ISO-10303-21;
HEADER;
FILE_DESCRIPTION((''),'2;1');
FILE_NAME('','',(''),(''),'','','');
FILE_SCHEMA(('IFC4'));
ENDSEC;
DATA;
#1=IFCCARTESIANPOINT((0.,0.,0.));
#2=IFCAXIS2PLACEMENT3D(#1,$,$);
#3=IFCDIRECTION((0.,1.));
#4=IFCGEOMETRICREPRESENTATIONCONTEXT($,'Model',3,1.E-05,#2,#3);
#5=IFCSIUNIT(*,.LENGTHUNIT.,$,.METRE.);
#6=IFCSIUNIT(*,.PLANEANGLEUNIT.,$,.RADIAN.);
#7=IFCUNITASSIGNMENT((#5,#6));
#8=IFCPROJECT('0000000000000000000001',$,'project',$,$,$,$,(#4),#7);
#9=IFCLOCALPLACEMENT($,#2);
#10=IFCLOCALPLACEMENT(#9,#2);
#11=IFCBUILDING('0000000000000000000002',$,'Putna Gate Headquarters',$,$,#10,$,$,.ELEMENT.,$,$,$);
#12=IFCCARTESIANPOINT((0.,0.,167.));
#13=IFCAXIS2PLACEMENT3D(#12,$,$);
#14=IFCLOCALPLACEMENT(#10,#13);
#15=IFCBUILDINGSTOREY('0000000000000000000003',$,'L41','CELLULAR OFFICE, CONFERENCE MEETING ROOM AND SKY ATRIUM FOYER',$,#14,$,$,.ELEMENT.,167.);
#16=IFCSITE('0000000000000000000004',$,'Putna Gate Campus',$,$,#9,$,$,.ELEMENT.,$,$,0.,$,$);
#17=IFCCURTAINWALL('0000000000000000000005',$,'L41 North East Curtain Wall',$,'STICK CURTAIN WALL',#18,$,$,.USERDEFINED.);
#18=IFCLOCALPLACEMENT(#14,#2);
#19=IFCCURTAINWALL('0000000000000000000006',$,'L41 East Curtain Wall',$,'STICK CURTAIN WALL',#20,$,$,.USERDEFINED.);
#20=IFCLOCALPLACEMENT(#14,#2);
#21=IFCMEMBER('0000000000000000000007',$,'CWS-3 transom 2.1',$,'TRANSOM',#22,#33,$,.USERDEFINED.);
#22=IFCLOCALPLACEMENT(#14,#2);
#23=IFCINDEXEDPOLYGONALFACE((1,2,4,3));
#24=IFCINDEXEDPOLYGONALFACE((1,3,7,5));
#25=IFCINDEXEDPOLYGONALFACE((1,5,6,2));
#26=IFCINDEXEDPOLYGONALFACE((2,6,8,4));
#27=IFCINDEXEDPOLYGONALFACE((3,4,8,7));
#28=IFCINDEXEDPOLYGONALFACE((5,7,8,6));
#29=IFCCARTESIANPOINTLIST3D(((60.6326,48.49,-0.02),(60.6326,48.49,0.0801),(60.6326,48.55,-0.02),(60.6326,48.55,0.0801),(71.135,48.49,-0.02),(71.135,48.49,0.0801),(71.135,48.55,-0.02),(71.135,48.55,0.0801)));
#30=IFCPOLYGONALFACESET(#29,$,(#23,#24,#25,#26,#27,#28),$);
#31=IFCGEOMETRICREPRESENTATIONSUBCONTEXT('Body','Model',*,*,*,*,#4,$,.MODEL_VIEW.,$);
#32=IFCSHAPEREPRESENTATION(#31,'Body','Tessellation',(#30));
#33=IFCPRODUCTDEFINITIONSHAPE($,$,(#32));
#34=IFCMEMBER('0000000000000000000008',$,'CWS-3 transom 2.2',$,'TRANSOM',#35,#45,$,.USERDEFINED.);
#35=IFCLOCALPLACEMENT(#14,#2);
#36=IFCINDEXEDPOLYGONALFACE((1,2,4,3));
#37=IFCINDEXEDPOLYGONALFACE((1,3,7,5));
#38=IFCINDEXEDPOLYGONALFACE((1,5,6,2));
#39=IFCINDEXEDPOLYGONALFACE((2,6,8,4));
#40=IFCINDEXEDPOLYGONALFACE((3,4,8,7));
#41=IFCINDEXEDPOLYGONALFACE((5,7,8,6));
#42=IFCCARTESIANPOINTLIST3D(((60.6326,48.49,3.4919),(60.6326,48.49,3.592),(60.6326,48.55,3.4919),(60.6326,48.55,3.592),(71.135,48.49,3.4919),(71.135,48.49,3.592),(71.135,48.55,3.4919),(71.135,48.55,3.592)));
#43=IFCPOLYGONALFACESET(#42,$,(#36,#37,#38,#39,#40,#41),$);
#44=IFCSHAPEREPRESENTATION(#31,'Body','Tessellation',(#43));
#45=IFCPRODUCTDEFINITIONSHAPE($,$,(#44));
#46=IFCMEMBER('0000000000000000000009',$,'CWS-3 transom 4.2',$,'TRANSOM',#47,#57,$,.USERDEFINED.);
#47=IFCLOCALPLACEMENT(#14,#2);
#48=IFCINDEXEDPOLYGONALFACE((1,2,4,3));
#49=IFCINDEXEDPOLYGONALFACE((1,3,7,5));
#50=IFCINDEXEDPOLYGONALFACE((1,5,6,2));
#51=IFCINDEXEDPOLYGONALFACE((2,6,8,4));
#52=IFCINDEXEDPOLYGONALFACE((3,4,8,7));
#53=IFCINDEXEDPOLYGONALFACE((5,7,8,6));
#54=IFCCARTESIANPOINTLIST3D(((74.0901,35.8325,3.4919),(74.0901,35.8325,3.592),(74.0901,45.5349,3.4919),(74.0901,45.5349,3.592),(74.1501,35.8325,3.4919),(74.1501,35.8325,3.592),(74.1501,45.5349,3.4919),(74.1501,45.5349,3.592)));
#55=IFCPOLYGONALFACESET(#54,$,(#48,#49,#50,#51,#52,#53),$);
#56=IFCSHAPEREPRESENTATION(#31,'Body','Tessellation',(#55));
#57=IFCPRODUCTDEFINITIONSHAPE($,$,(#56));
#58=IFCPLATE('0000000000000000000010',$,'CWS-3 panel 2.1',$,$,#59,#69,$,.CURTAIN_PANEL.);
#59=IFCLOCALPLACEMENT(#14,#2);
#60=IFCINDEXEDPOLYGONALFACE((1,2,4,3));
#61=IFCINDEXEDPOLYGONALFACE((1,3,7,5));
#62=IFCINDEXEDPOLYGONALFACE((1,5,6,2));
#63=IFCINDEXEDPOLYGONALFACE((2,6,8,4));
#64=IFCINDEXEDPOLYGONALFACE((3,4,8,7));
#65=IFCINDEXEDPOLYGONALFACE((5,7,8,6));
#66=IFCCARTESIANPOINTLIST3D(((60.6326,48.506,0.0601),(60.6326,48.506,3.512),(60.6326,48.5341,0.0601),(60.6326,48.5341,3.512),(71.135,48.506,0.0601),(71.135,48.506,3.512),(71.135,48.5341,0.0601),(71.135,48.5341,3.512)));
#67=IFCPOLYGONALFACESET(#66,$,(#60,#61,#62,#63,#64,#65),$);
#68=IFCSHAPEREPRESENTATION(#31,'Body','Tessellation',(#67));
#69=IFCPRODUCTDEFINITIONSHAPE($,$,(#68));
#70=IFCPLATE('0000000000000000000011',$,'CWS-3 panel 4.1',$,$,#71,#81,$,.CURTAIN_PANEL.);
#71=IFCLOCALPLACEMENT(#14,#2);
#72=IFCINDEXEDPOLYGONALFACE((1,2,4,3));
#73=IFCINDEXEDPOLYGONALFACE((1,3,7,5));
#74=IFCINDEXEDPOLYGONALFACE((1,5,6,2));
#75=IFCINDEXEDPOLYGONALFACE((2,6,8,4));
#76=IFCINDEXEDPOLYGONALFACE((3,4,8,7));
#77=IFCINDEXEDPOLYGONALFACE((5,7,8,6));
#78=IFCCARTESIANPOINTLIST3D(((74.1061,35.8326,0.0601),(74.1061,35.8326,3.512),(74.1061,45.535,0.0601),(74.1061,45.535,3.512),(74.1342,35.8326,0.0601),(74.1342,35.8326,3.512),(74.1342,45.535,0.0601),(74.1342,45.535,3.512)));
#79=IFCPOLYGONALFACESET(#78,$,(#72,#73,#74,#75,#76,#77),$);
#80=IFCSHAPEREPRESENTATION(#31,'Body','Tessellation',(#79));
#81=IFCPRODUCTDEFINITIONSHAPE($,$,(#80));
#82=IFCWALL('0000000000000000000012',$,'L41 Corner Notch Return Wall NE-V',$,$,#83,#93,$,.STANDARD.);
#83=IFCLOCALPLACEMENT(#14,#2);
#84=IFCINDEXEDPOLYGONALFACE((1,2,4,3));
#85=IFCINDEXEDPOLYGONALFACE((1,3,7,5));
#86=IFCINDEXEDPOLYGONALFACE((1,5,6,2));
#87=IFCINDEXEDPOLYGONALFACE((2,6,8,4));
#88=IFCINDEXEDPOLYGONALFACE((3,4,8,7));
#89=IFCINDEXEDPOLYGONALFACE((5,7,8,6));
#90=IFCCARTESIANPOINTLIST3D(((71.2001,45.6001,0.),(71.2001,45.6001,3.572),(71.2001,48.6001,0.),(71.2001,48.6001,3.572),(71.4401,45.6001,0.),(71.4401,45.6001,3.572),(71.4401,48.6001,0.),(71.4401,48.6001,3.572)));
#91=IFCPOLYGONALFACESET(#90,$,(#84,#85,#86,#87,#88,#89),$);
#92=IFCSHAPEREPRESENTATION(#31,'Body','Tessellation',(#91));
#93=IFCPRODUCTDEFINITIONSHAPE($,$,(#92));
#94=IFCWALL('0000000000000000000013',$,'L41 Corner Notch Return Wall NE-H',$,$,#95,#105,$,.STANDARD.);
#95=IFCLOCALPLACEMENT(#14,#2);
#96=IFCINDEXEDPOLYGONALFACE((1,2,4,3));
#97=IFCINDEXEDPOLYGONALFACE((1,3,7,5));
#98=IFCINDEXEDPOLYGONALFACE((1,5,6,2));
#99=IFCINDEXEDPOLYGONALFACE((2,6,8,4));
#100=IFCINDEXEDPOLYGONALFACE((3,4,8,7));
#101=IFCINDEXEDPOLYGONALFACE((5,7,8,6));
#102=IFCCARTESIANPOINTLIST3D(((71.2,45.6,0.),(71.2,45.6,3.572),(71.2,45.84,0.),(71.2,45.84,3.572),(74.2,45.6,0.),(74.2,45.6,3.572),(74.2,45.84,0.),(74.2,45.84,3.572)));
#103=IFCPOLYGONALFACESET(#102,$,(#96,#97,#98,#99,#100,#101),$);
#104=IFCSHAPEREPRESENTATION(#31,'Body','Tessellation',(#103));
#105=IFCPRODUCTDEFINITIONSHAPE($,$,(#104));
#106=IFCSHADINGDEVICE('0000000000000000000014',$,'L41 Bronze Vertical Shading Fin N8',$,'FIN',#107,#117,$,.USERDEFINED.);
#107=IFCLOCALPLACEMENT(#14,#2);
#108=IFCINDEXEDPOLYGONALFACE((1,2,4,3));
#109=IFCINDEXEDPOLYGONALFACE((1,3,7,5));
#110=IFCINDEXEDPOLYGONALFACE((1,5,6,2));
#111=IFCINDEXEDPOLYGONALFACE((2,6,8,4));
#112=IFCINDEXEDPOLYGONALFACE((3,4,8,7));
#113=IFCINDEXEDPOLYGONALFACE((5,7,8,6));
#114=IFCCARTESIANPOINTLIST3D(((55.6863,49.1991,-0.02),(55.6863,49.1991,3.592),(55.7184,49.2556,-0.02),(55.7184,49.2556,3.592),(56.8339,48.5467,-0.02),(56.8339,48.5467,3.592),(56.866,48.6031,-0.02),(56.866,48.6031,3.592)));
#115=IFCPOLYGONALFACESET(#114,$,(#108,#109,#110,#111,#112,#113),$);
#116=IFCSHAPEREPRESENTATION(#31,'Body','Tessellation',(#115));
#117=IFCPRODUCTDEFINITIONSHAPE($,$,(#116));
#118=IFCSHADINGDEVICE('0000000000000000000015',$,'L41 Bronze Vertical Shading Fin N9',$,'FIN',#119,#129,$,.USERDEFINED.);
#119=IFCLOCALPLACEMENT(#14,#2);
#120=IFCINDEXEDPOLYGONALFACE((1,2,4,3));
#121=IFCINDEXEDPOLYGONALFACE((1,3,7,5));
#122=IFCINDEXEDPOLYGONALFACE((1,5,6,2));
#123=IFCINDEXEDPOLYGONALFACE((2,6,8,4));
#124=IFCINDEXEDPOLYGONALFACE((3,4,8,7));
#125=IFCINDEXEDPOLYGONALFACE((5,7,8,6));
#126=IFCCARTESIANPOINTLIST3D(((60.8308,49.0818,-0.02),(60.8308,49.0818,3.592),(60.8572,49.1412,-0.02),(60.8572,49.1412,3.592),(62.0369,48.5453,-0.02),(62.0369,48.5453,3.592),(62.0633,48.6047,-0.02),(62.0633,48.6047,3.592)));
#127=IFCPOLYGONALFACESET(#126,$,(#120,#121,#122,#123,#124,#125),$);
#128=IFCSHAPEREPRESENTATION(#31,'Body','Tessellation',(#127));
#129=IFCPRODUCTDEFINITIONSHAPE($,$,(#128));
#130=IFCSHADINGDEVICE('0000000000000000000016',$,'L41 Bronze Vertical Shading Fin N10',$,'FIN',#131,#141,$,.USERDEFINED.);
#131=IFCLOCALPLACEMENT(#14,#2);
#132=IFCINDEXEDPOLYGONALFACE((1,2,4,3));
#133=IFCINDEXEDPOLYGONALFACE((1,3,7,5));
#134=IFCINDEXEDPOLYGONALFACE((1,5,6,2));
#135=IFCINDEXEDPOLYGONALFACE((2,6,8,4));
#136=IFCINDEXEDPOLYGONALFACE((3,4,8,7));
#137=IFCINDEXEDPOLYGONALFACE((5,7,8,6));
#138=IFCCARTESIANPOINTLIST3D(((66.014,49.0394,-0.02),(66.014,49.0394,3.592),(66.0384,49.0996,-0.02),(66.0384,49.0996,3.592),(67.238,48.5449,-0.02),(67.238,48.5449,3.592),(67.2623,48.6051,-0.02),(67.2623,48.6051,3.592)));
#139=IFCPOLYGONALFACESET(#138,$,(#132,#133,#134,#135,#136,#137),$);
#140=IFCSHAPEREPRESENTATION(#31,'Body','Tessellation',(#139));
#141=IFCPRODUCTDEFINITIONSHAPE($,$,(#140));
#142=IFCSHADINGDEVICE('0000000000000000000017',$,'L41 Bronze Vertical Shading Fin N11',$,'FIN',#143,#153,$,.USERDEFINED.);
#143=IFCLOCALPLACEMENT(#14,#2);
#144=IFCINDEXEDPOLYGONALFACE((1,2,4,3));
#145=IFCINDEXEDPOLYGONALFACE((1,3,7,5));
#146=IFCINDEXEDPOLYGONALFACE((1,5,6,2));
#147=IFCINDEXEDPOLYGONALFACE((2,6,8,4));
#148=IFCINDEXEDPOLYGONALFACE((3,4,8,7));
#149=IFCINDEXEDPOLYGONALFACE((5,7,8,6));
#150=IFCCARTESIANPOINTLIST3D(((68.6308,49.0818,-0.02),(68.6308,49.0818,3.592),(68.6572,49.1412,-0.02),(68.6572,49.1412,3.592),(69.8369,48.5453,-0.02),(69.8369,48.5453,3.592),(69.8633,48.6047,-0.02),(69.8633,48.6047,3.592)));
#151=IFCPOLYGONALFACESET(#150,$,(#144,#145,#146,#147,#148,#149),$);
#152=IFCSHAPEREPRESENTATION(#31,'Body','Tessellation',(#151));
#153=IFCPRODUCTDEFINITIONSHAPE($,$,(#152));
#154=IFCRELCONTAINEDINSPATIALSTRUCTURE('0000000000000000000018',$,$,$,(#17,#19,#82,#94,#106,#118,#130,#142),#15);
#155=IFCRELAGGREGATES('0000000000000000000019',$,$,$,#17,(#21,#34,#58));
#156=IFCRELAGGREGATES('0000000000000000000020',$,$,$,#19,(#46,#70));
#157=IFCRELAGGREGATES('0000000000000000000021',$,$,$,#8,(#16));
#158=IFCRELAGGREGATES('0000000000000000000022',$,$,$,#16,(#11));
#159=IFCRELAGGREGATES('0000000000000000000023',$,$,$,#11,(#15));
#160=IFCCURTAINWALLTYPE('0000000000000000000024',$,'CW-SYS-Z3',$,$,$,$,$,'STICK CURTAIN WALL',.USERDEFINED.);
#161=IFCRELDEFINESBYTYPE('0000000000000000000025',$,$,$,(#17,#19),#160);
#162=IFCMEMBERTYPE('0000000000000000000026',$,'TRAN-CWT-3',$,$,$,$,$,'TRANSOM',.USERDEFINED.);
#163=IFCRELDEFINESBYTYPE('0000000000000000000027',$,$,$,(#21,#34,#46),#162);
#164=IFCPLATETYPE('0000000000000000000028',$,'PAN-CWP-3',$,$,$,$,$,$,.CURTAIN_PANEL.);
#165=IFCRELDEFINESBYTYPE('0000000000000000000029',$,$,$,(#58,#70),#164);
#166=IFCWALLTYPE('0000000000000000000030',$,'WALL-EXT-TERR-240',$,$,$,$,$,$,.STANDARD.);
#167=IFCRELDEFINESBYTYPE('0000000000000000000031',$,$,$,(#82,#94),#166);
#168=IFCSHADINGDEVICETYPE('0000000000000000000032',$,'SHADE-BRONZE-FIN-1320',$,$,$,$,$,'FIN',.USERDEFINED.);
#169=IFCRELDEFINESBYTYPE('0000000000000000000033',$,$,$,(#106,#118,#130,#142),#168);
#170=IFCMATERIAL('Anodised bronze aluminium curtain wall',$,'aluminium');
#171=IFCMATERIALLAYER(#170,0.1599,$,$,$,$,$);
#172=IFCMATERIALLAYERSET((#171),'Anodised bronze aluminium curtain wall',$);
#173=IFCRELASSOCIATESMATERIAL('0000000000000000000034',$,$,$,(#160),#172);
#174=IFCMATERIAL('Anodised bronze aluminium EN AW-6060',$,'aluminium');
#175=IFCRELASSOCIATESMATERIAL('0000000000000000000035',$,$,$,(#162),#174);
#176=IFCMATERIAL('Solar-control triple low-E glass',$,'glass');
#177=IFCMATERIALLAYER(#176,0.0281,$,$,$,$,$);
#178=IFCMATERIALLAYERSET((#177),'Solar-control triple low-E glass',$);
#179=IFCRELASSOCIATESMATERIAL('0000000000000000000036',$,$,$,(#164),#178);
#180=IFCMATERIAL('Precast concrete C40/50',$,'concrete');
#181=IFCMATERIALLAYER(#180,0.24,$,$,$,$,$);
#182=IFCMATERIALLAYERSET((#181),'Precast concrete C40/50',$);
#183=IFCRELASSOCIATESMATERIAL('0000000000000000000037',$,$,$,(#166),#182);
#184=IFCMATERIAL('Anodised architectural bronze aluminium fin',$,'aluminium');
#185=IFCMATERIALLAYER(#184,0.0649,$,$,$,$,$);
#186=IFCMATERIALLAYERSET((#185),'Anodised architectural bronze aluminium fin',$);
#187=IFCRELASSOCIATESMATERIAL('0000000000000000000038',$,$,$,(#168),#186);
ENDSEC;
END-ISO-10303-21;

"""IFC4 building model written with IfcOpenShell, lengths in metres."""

from ifc_helpers import new_model, si_unit, direction, frame, frame_2d, origin, origin_2d, place, context, subcontext, project, spatial, rectangle, extrude, material, layer, layer_set, material_profile, profile_set, type_object, element, aggregate, save


model = new_model("IFC4")

# Units and contexts
model_context = context("Model", 3, precision=1e-05, world=origin(), true_north=direction((0.0, 1.0)))
body_context = subcontext(model_context, "Body", "Model", "MODEL_VIEW")
ifc_project = project(units=[si_unit("LENGTHUNIT", "METRE"), si_unit("PLANEANGLEUNIT", "RADIAN")], contexts=[model_context])

# Site, building, storey
site_placement = place(None, origin())
site = spatial("IfcSite", under=ifc_project, at=site_placement, Name="Putna Gate Campus", CompositionType="ELEMENT", RefElevation=0.0)
building_placement = place(site_placement, origin())
building = spatial("IfcBuilding", under=site, at=building_placement, Name="Putna Gate Headquarters", CompositionType="ELEMENT")
storey_placement = place(building_placement, frame((0.0, 0.0, 167.0)))
storey = spatial("IfcBuildingStorey", under=building, at=storey_placement, Name="L41", Description="CELLULAR OFFICE, CONFERENCE MEETING ROOM AND SKY ATRIUM FOYER", CompositionType="ELEMENT", Elevation=167.0)

# Curtain wall
ifc_material_1 = material(Name="Anodised bronze aluminium curtain wall", Category="aluminium")
ifc_layer_1 = layer(ifc_material_1, 0.1599)
ifc_layer_set_1 = layer_set([ifc_layer_1], Name="Anodised bronze aluminium curtain wall")
curtain_wall_type = type_object("IfcCurtainWallType", Name="CW-SYS-Z3", ElementType="STICK CURTAIN WALL", PredefinedType="USERDEFINED", material=ifc_layer_set_1)
curtain_wall_1_placement = place(storey_placement, origin())
curtain_wall_1 = element("IfcCurtainWall", 1, at=curtain_wall_1_placement, inside=storey, type_object=curtain_wall_type, Name="L41 North East Curtain Wall", ObjectType="STICK CURTAIN WALL", PredefinedType="USERDEFINED")
ifc_material_2 = material(Name="Anodised bronze aluminium EN AW-6060", Category="aluminium")

# Curtain wall
curtain_wall_2_placement = place(storey_placement, origin())
curtain_wall_2 = element("IfcCurtainWall", 2, at=curtain_wall_2_placement, inside=storey, type_object=curtain_wall_type, Name="L41 East Curtain Wall", ObjectType="STICK CURTAIN WALL", PredefinedType="USERDEFINED")

# Members
ifc_material_profile_1 = material_profile(ifc_material_2, rectangle(XDim=0.0601, YDim=0.1001, at=origin_2d()), Name="Anodised bronze aluminium EN AW-6060")
ifc_profile_set_1 = profile_set([ifc_material_profile_1], Name="Anodised bronze aluminium EN AW-6060")
member_type_1 = type_object("IfcMemberType", Name="TRAN-CWT-3", ElementType="TRANSOM", PredefinedType="USERDEFINED", material=ifc_profile_set_1)
member_1_placement = place(storey_placement, frame((60.6326, 48.52, 0.03), z_axis=(1.0, 0.0, 0.0), x_axis=(0.0, 1.0, 0.0)))
member_1 = element("IfcMember", 3, at=member_1_placement, type_object=member_type_1, Name="CWS-3 transom 2.1", ObjectType="TRANSOM", PredefinedType="USERDEFINED", context=body_context, shape_type="SweptSolid", body=[
    extrude(rectangle(XDim=0.0601, YDim=0.1001, at=origin_2d()), origin(), (0.0, 0.0, 1.0), 10.5024),
])
member_2_placement = place(storey_placement, frame((60.6326, 48.52, 3.542), z_axis=(1.0, 0.0, 0.0), x_axis=(0.0, 1.0, 0.0)))
member_2 = element("IfcMember", 4, at=member_2_placement, type_object=member_type_1, Name="CWS-3 transom 2.2", ObjectType="TRANSOM", PredefinedType="USERDEFINED", context=body_context, shape_type="SweptSolid", body=[
    extrude(rectangle(XDim=0.0601, YDim=0.1001, at=origin_2d()), origin(), (0.0, 0.0, 1.0), 10.5024),
])
member_3_placement = place(storey_placement, frame((74.1201, 35.8325, 3.542), z_axis=(0.0, 1.0, 0.0), x_axis=(-1.0, 0.0, 0.0)))
member_3 = element("IfcMember", 5, at=member_3_placement, type_object=member_type_1, Name="CWS-3 transom 4.2", ObjectType="TRANSOM", PredefinedType="USERDEFINED", context=body_context, shape_type="SweptSolid", body=[
    extrude(rectangle(XDim=0.0601, YDim=0.1001, at=origin_2d()), origin(), (0.0, 0.0, 1.0), 9.7024),
])

# Plates
ifc_material_3 = material(Name="Solar-control triple low-E glass", Category="glass")
ifc_layer_2 = layer(ifc_material_3, 0.0281)
ifc_layer_set_2 = layer_set([ifc_layer_2], Name="Solar-control triple low-E glass")
plate_type = type_object("IfcPlateType", Name="PAN-CWP-3", PredefinedType="CURTAIN_PANEL", material=ifc_layer_set_2)
plate_1_placement = place(storey_placement, frame((65.8838, 48.52, 0.0601), z_axis=(0.0, 0.0, 1.0), x_axis=(1.0, 0.0, 0.0)))
plate_1 = element("IfcPlate", 6, at=plate_1_placement, type_object=plate_type, Name="CWS-3 panel 2.1", PredefinedType="CURTAIN_PANEL", context=body_context, shape_type="SweptSolid", body=[
    extrude(rectangle(XDim=10.5024, YDim=0.0281, at=origin_2d()), origin(), (0.0, 0.0, 1.0), 3.4519),
])
aggregate(curtain_wall_1, [member_1, member_2, plate_1])
plate_2_placement = place(storey_placement, frame((74.1201, 40.6838, 0.0601), z_axis=(0.0, 0.0, 1.0), x_axis=(0.0, 1.0, 0.0)))
plate_2 = element("IfcPlate", 7, at=plate_2_placement, type_object=plate_type, Name="CWS-3 panel 4.1", PredefinedType="CURTAIN_PANEL", context=body_context, shape_type="SweptSolid", body=[
    extrude(rectangle(XDim=9.7024, YDim=0.0281, at=origin_2d()), origin(), (0.0, 0.0, 1.0), 3.4519),
])
aggregate(curtain_wall_2, [member_3, plate_2])

# Walls
ifc_material_4 = material(Name="Precast concrete C40/50", Category="concrete")
ifc_layer_3 = layer(ifc_material_4, 0.24)
ifc_layer_set_3 = layer_set([ifc_layer_3], Name="Precast concrete C40/50")
wall_type = type_object("IfcWallType", Name="WALL-EXT-TERR-240", PredefinedType="STANDARD", material=ifc_layer_set_3)
for number, where, z_axis, x_axis, name in (
    (8, (71.3201, 48.6001, 0.0), (0.0, 0.0, 1.0), (0.0, -1.0, 0.0), "L41 Corner Notch Return Wall NE-V"),
    (9, (71.2, 45.72, 0.0), (0.0, 0.0, 1.0), (1.0, 0.0, 0.0), "L41 Corner Notch Return Wall NE-H"),
):
    element("IfcWall", number, at=place(storey_placement, frame(where, z_axis=z_axis, x_axis=x_axis)), inside=storey, type_object=wall_type, Name=name, PredefinedType="STANDARD", context=body_context, shape_type="SweptSolid", body=[
        extrude(rectangle(XDim=3.0, YDim=0.24, at=frame_2d((1.5, 0.0))), origin(), (0.0, 0.0, 1.0), 3.572),
    ])

# Shading devices
ifc_material_5 = material(Name="Anodised architectural bronze aluminium fin", Category="aluminium")
ifc_layer_4 = layer(ifc_material_5, 0.0649)
ifc_layer_set_4 = layer_set([ifc_layer_4], Name="Anodised architectural bronze aluminium fin")
shading_device_type = type_object("IfcShadingDeviceType", Name="SHADE-BRONZE-FIN-1320", ElementType="FIN", PredefinedType="USERDEFINED", material=ifc_layer_set_4)
for number, where, z_axis, x_axis, name in (
    (10, (56.2761, 48.9011, -0.02), (0.0, 0.0, 1.0), (-0.869322, 0.494245, 0.0), "L41 Bronze Vertical Shading Fin N8"),
    (11, (61.447, 48.8433, -0.02), (0.0, 0.0, 1.0), (-0.913687, 0.406418, 0.0), "L41 Bronze Vertical Shading Fin N9"),
    (12, (66.6382, 48.8223, -0.02), (0.0, 0.0, 1.0), (-0.927184, 0.374607, 0.0), "L41 Bronze Vertical Shading Fin N10"),
    (13, (69.2471, 48.8433, -0.02), (0.0, 0.0, 1.0), (-0.913687, 0.406418, 0.0), "L41 Bronze Vertical Shading Fin N11"),
):
    element("IfcShadingDevice", number, at=place(storey_placement, frame(where, z_axis=z_axis, x_axis=x_axis)), inside=storey, type_object=shading_device_type, Name=name, ObjectType="FIN", PredefinedType="USERDEFINED", context=body_context, shape_type="SweptSolid", body=[
        extrude(rectangle(XDim=1.3201, YDim=0.0649, at=origin_2d()), origin(), (0.0, 0.0, 1.0), 3.6121),
    ])

save(model, "model.ifc")
